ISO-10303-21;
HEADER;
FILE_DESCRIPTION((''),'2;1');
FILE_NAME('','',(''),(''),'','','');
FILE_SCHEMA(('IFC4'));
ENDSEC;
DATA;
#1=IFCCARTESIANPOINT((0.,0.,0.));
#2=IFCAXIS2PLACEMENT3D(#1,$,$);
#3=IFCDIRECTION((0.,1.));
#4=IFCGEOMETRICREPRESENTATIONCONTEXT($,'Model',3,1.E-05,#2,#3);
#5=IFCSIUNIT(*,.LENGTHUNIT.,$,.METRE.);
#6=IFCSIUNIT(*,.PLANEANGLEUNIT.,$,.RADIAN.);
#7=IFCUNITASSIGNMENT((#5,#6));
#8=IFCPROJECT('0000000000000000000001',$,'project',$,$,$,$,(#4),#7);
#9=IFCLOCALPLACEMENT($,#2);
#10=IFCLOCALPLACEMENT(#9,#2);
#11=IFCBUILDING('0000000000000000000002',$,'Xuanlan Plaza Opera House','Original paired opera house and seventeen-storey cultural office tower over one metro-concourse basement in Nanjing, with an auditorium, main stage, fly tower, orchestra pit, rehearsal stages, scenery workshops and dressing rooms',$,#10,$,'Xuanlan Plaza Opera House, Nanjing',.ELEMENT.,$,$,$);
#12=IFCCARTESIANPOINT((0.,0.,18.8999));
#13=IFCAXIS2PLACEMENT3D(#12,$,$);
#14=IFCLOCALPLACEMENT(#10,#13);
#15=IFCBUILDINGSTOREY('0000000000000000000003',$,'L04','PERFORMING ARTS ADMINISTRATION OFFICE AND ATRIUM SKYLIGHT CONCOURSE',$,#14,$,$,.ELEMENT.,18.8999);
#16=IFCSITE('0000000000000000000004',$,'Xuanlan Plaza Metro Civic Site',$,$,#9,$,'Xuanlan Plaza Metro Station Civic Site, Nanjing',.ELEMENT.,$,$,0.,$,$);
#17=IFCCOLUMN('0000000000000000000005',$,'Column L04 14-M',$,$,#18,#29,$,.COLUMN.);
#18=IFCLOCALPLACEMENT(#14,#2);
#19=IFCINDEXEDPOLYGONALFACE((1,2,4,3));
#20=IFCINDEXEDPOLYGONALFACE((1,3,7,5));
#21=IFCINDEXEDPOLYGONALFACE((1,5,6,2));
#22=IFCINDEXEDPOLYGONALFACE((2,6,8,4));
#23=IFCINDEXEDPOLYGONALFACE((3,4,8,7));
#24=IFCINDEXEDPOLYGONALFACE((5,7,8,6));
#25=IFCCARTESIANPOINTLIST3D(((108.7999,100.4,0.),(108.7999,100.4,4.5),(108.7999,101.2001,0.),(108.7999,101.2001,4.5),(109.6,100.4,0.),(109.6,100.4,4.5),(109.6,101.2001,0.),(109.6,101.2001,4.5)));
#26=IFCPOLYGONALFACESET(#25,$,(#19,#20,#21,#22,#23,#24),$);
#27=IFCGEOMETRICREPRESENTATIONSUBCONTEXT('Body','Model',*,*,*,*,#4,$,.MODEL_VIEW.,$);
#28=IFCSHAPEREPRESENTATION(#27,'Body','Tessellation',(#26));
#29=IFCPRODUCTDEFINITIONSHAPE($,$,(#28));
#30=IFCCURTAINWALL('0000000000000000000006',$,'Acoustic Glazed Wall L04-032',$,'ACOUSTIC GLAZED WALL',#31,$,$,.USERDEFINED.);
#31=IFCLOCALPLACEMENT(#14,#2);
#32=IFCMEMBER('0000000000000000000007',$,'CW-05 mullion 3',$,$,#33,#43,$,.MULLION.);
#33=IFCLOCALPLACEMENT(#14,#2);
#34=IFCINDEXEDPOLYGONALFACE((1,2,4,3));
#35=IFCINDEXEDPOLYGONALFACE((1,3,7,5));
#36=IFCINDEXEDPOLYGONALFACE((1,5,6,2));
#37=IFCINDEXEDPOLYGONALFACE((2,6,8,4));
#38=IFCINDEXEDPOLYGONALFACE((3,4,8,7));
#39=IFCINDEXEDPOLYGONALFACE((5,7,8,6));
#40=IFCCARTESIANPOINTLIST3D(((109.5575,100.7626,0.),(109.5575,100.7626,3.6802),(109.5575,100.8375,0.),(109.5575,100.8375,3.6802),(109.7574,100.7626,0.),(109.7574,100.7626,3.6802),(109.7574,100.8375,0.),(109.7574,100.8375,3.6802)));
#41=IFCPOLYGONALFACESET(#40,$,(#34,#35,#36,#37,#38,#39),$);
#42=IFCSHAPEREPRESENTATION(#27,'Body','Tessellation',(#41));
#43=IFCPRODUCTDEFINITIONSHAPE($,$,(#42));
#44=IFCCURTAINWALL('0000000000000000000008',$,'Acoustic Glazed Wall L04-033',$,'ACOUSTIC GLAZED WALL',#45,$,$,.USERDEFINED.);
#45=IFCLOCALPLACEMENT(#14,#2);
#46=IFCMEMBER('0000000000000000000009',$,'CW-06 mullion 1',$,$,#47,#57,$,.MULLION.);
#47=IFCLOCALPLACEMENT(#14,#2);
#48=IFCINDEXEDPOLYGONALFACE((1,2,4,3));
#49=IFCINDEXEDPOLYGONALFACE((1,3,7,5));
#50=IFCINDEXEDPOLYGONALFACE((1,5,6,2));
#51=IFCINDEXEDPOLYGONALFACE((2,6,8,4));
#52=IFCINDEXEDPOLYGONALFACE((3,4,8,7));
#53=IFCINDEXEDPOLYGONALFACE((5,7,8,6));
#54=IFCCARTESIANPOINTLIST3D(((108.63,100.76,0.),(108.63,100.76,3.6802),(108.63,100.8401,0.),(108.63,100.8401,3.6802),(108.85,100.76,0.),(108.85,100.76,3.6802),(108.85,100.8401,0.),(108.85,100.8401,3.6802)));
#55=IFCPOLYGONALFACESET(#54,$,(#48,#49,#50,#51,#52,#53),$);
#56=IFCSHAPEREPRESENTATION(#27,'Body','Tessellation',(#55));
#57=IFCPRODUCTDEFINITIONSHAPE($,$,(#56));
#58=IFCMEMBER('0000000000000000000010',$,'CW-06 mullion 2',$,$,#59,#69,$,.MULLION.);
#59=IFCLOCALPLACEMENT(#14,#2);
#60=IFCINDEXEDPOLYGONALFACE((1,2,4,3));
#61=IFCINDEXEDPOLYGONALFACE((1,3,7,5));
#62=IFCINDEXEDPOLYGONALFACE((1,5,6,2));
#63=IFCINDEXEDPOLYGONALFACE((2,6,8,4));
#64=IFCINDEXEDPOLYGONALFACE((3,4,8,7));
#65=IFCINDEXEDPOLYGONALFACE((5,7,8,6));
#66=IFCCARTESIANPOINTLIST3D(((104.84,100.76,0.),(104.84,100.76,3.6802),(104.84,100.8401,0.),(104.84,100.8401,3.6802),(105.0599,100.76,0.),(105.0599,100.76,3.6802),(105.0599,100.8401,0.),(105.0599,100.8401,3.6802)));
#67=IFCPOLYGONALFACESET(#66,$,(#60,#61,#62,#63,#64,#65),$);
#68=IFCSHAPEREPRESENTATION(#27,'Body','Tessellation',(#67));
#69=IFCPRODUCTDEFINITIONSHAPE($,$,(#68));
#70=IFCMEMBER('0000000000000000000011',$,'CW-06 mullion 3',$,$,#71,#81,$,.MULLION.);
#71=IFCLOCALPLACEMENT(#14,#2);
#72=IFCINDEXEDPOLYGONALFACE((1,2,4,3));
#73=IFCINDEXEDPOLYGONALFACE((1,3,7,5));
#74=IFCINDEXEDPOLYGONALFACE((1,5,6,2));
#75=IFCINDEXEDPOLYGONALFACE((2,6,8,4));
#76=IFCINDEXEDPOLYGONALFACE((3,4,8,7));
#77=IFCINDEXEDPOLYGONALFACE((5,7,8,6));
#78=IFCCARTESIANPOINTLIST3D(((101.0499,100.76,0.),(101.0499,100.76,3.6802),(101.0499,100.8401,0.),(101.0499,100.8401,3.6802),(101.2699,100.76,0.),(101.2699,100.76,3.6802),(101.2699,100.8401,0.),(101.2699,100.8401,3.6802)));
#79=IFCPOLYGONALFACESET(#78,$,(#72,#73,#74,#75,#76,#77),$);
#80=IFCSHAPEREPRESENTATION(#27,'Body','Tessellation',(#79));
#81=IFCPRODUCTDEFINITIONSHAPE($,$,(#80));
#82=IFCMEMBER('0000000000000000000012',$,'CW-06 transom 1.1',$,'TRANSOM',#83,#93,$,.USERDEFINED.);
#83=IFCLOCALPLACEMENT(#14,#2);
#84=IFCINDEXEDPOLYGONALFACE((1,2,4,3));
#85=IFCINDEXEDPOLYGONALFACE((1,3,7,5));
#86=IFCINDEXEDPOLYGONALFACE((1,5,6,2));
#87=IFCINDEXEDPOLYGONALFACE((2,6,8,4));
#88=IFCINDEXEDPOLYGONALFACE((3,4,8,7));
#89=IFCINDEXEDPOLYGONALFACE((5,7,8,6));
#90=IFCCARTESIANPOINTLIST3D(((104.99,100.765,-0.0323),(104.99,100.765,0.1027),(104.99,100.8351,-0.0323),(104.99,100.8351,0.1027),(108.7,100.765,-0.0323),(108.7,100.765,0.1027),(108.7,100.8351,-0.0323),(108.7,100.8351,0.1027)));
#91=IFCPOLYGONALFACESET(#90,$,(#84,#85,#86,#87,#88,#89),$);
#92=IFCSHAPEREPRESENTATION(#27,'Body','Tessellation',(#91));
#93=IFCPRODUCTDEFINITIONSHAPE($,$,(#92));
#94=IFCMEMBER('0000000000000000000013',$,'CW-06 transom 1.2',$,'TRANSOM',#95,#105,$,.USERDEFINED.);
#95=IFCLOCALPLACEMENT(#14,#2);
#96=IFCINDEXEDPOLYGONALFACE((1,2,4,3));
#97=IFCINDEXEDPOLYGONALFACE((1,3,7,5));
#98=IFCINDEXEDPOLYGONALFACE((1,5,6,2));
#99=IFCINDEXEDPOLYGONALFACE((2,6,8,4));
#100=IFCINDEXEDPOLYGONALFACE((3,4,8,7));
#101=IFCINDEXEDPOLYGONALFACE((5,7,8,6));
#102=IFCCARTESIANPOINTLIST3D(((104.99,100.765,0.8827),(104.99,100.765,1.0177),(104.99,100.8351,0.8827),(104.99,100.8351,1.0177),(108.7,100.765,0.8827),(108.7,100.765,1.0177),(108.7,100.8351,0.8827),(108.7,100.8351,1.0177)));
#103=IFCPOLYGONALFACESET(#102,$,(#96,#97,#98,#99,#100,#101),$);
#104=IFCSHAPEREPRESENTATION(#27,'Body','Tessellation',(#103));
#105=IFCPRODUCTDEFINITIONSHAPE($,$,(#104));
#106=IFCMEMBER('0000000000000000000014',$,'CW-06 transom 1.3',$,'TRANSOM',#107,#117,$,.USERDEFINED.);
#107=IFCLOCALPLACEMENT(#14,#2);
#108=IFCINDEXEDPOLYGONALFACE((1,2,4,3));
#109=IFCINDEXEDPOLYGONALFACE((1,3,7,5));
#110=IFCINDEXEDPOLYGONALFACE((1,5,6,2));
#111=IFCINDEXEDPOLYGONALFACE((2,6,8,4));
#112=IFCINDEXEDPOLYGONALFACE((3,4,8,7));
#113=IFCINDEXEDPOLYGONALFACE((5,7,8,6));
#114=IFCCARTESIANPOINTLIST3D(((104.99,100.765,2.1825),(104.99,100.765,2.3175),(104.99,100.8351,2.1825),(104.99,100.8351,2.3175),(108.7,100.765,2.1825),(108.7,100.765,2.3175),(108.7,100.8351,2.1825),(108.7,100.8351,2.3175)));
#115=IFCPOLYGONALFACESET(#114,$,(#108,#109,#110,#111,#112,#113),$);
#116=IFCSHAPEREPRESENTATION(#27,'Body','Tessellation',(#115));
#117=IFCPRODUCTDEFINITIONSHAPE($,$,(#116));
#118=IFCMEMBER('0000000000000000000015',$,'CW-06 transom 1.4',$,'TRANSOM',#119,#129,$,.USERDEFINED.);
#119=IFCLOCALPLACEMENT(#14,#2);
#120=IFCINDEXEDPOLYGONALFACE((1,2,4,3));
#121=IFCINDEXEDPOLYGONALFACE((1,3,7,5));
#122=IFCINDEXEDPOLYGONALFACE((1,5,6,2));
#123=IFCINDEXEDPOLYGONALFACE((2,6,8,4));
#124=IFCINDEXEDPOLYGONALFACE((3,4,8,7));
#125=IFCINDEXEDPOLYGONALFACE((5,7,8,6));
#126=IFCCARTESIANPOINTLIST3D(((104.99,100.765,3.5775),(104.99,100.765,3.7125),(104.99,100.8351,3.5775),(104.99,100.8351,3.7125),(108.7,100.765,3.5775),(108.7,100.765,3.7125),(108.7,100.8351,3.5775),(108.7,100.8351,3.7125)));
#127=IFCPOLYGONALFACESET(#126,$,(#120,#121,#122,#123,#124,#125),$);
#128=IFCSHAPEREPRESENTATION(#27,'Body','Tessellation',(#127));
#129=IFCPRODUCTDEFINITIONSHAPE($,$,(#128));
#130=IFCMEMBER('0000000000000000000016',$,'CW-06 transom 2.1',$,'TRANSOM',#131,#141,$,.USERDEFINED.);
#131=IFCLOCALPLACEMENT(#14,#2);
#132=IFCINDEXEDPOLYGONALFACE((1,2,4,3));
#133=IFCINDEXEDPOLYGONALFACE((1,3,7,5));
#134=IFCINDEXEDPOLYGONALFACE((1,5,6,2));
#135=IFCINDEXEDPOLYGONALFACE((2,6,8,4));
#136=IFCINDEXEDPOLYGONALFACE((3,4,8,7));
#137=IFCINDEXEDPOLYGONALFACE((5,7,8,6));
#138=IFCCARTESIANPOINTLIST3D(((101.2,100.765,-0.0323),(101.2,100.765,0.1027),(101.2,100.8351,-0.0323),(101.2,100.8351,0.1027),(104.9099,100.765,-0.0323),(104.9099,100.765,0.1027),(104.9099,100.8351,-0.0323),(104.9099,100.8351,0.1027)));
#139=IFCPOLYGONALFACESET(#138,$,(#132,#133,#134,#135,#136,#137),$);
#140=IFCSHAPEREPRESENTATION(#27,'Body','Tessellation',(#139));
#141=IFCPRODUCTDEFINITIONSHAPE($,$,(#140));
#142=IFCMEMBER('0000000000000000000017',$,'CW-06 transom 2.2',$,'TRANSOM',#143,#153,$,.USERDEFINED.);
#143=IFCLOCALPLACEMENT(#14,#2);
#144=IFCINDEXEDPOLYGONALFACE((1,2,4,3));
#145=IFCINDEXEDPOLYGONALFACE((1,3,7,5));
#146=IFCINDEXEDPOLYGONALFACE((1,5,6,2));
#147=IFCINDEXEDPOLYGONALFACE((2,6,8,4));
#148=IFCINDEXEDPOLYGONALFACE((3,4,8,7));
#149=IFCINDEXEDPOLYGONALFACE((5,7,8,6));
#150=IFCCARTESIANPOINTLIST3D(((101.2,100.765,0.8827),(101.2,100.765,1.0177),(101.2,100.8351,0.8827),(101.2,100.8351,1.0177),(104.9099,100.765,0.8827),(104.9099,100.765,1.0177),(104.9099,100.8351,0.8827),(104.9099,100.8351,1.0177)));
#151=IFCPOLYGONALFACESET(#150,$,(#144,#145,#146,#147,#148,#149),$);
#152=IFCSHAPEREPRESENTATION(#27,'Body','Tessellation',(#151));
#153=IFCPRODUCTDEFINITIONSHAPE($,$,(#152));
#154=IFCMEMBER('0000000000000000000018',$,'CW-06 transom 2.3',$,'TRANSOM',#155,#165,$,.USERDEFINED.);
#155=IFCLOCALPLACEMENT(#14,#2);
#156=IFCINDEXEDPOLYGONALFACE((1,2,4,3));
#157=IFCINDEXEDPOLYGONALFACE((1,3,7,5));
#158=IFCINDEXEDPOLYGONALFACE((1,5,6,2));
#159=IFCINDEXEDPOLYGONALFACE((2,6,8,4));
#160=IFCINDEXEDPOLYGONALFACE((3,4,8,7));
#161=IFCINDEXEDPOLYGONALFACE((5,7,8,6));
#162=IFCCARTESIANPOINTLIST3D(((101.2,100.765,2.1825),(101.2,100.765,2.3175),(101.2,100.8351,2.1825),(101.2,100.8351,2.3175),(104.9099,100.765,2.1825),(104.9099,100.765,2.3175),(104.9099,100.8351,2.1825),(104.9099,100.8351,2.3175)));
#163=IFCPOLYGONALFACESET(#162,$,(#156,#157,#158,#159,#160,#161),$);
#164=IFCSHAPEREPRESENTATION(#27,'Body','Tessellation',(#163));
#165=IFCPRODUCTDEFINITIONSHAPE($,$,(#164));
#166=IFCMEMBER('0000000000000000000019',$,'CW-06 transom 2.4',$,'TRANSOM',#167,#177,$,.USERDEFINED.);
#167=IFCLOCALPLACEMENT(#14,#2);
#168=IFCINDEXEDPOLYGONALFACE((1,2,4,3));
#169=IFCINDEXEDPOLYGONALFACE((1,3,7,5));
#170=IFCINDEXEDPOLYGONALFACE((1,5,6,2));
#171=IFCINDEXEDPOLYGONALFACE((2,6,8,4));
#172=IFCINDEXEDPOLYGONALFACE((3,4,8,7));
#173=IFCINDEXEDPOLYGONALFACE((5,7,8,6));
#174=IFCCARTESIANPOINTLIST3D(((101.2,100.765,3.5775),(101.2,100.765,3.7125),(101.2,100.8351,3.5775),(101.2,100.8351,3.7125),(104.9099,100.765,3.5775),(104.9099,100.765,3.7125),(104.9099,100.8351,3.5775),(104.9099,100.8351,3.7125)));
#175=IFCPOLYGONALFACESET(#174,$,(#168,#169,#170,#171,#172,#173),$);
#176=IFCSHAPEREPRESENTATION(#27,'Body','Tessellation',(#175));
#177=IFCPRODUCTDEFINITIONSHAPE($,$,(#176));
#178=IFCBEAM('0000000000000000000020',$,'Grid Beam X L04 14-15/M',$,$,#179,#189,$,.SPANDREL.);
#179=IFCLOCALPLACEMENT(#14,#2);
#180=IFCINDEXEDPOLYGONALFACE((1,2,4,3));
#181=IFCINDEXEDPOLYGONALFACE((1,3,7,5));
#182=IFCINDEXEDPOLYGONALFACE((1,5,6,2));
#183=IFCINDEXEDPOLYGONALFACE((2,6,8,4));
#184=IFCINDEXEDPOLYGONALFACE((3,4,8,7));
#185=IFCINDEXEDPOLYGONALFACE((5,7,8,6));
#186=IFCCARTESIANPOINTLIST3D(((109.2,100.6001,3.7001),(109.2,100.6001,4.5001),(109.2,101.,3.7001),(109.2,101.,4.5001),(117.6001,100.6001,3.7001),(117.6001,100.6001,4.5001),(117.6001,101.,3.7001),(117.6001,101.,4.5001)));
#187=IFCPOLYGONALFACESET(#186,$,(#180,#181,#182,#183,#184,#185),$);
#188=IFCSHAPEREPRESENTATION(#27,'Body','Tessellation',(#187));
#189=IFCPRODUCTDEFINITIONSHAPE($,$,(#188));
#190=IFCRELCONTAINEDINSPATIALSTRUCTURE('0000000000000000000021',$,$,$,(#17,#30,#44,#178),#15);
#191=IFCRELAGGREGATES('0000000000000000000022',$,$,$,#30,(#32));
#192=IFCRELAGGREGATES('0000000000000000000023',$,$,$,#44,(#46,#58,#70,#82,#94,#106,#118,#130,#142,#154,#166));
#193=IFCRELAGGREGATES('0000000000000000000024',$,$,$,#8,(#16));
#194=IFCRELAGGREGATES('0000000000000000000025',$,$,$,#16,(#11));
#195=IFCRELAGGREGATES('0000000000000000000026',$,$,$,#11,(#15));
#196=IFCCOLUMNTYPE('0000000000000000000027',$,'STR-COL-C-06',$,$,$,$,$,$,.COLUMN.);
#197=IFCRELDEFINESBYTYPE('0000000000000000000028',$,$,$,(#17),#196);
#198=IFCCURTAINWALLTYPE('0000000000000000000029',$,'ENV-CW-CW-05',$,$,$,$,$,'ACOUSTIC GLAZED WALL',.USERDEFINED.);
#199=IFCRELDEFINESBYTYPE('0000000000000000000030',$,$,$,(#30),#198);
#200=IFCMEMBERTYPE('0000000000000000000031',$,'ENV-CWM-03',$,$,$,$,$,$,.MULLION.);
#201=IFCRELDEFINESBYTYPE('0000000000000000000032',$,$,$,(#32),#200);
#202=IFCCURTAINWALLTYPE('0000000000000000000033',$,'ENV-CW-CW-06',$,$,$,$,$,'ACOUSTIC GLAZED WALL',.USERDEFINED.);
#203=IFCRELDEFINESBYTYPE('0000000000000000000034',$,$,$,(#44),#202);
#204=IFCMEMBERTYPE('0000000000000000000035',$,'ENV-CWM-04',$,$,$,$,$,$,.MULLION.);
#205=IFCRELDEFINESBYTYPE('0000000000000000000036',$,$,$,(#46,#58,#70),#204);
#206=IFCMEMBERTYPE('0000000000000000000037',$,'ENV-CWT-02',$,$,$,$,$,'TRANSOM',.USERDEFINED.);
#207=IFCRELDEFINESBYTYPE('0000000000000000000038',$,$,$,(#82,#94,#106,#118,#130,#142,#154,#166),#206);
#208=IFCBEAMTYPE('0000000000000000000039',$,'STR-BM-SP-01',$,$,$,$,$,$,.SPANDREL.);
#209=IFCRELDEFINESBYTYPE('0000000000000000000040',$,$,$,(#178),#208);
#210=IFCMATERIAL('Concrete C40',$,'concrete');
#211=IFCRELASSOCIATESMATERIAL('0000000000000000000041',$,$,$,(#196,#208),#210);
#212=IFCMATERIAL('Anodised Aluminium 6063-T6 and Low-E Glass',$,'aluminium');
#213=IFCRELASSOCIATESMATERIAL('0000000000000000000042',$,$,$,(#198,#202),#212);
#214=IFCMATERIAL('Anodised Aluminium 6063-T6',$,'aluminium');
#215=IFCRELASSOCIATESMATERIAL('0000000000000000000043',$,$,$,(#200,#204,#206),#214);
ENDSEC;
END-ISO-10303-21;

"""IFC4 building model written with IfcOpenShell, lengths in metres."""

from ifc_helpers import new_model, si_unit, direction, frame, origin, origin_2d, place, context, subcontext, project, spatial, rectangle, extrude, material, material_profile, profile_set, type_object, element, aggregate, save


model = new_model("IFC4")

# Units and contexts
model_context = context("Model", 3, precision=1e-05, world=origin(), true_north=direction((0.0, 1.0)))
body_context = subcontext(model_context, "Body", "Model", "MODEL_VIEW")
ifc_project = project(units=[si_unit("LENGTHUNIT", "METRE"), si_unit("PLANEANGLEUNIT", "RADIAN")], contexts=[model_context])

# Site, building, storey
site_placement = place(None, origin())
site = spatial("IfcSite", under=ifc_project, at=site_placement, Name="Xuanlan Plaza Metro Civic Site", LongName="Xuanlan Plaza Metro Station Civic Site, Nanjing", CompositionType="ELEMENT", RefElevation=0.0)
building_placement = place(site_placement, origin())
building = spatial("IfcBuilding", under=site, at=building_placement, Name="Xuanlan Plaza Opera House", Description="Original paired opera house and seventeen-storey cultural office tower over one metro-concourse basement in Nanjing, with an auditorium, main stage, fly tower, orchestra pit, rehearsal stages, scenery workshops and dressing rooms", LongName="Xuanlan Plaza Opera House, Nanjing", CompositionType="ELEMENT")
storey_placement = place(building_placement, frame((0.0, 0.0, 18.8999)))
storey = spatial("IfcBuildingStorey", under=building, at=storey_placement, Name="L04", Description="PERFORMING ARTS ADMINISTRATION OFFICE AND ATRIUM SKYLIGHT CONCOURSE", CompositionType="ELEMENT", Elevation=18.8999)

# Column
ifc_material_1 = material(Name="Concrete C40", Category="concrete")
ifc_material_profile_1 = material_profile(ifc_material_1, rectangle(XDim=0.8, YDim=0.8, at=origin_2d()), Name="RC-COL 800x800")
ifc_profile_set_1 = profile_set([ifc_material_profile_1], Name="Concrete C40")
column_type = type_object("IfcColumnType", Name="STR-COL-C-06", PredefinedType="COLUMN", material=ifc_profile_set_1)
column_placement = place(storey_placement, frame((109.2, 100.8, 0.0), z_axis=(0.0, 0.0, 1.0), x_axis=(1.0, 0.0, 0.0)))
element("IfcColumn", 1, at=column_placement, inside=storey, type_object=column_type, Name="Column L04 14-M", PredefinedType="COLUMN", context=body_context, shape_type="SweptSolid", body=[
    extrude(rectangle(XDim=0.8, YDim=0.8, at=origin_2d()), origin(), (0.0, 0.0, 1.0), 4.5),
])

# Curtain wall, member
ifc_material_2 = material(Name="Anodised Aluminium 6063-T6 and Low-E Glass", Category="aluminium")
curtain_wall_type_1 = type_object("IfcCurtainWallType", Name="ENV-CW-CW-05", ElementType="ACOUSTIC GLAZED WALL", PredefinedType="USERDEFINED", material=ifc_material_2)
curtain_wall_1_placement = place(storey_placement, origin())
curtain_wall_1 = element("IfcCurtainWall", 2, at=curtain_wall_1_placement, inside=storey, type_object=curtain_wall_type_1, Name="Acoustic Glazed Wall L04-032", ObjectType="ACOUSTIC GLAZED WALL", PredefinedType="USERDEFINED")
ifc_material_3 = material(Name="Anodised Aluminium 6063-T6", Category="aluminium")
ifc_material_profile_2 = material_profile(ifc_material_3, rectangle(XDim=0.075, YDim=0.2, at=origin_2d()), Name="ALU-M 75x200")
ifc_profile_set_2 = profile_set([ifc_material_profile_2], Name="Anodised Aluminium 6063-T6")
member_type_1 = type_object("IfcMemberType", Name="ENV-CWM-03", PredefinedType="MULLION", material=ifc_profile_set_2)
member_1_placement = place(storey_placement, frame((109.6575, 100.8, 0.0), z_axis=(0.0, 0.0, 1.0), x_axis=(0.0, -1.0, 0.0)))
member_1 = element("IfcMember", 3, at=member_1_placement, type_object=member_type_1, Name="CW-05 mullion 3", PredefinedType="MULLION", context=body_context, shape_type="SweptSolid", body=[
    extrude(rectangle(XDim=0.075, YDim=0.2, at=origin_2d()), origin(), (0.0, 0.0, 1.0), 3.6802),
])

# Curtain wall, members
curtain_wall_type_2 = type_object("IfcCurtainWallType", Name="ENV-CW-CW-06", ElementType="ACOUSTIC GLAZED WALL", PredefinedType="USERDEFINED", material=ifc_material_2)
curtain_wall_2_placement = place(storey_placement, origin())
curtain_wall_2 = element("IfcCurtainWall", 4, at=curtain_wall_2_placement, inside=storey, type_object=curtain_wall_type_2, Name="Acoustic Glazed Wall L04-033", ObjectType="ACOUSTIC GLAZED WALL", PredefinedType="USERDEFINED")
ifc_material_profile_3 = material_profile(ifc_material_3, rectangle(XDim=0.0801, YDim=0.22, at=origin_2d()), Name="ALU-M 80x220")
ifc_profile_set_3 = profile_set([ifc_material_profile_3], Name="Anodised Aluminium 6063-T6")
member_type_2 = type_object("IfcMemberType", Name="ENV-CWM-04", PredefinedType="MULLION", material=ifc_profile_set_3)
member_2_placement = place(storey_placement, frame((108.74, 100.8, 0.0), z_axis=(0.0, 0.0, 1.0), x_axis=(0.0, -1.0, 0.0)))
member_2 = element("IfcMember", 5, at=member_2_placement, type_object=member_type_2, Name="CW-06 mullion 1", PredefinedType="MULLION", context=body_context, shape_type="SweptSolid", body=[
    extrude(rectangle(XDim=0.0801, YDim=0.22, at=origin_2d()), origin(), (0.0, 0.0, 1.0), 3.6802),
])
member_3_placement = place(storey_placement, frame((104.95, 100.8, 0.0), z_axis=(0.0, 0.0, 1.0), x_axis=(0.0, -1.0, 0.0)))
member_3 = element("IfcMember", 6, at=member_3_placement, type_object=member_type_2, Name="CW-06 mullion 2", PredefinedType="MULLION", context=body_context, shape_type="SweptSolid", body=[
    extrude(rectangle(XDim=0.0801, YDim=0.22, at=origin_2d()), origin(), (0.0, 0.0, 1.0), 3.6802),
])
member_4_placement = place(storey_placement, frame((101.1599, 100.8, 0.0), z_axis=(0.0, 0.0, 1.0), x_axis=(0.0, -1.0, 0.0)))
member_4 = element("IfcMember", 7, at=member_4_placement, type_object=member_type_2, Name="CW-06 mullion 3", PredefinedType="MULLION", context=body_context, shape_type="SweptSolid", body=[
    extrude(rectangle(XDim=0.0801, YDim=0.22, at=origin_2d()), origin(), (0.0, 0.0, 1.0), 3.6802),
])
ifc_material_profile_4 = material_profile(ifc_material_3, rectangle(XDim=0.0701, YDim=0.135, at=origin_2d()), Name="ALU-T 70x135")
ifc_profile_set_4 = profile_set([ifc_material_profile_4], Name="Anodised Aluminium 6063-T6")
member_type_3 = type_object("IfcMemberType", Name="ENV-CWT-02", ElementType="TRANSOM", PredefinedType="USERDEFINED", material=ifc_profile_set_4)
member_5_placement = place(storey_placement, frame((108.7, 100.8, 0.0352), z_axis=(-1.0, 0.0, 0.0), x_axis=(0.0, -1.0, 0.0)))
member_5 = element("IfcMember", 8, at=member_5_placement, type_object=member_type_3, Name="CW-06 transom 1.1", ObjectType="TRANSOM", PredefinedType="USERDEFINED", context=body_context, shape_type="SweptSolid", body=[
    extrude(rectangle(XDim=0.0701, YDim=0.135, at=origin_2d()), origin(), (0.0, 0.0, 1.0), 3.71),
])
member_6_placement = place(storey_placement, frame((108.7, 100.8, 0.9502), z_axis=(-1.0, 0.0, 0.0), x_axis=(0.0, -1.0, 0.0)))
member_6 = element("IfcMember", 9, at=member_6_placement, type_object=member_type_3, Name="CW-06 transom 1.2", ObjectType="TRANSOM", PredefinedType="USERDEFINED", context=body_context, shape_type="SweptSolid", body=[
    extrude(rectangle(XDim=0.0701, YDim=0.135, at=origin_2d()), origin(), (0.0, 0.0, 1.0), 3.71),
])
member_7_placement = place(storey_placement, frame((108.7, 100.8, 2.25), z_axis=(-1.0, 0.0, 0.0), x_axis=(0.0, -1.0, 0.0)))
member_7 = element("IfcMember", 10, at=member_7_placement, type_object=member_type_3, Name="CW-06 transom 1.3", ObjectType="TRANSOM", PredefinedType="USERDEFINED", context=body_context, shape_type="SweptSolid", body=[
    extrude(rectangle(XDim=0.0701, YDim=0.135, at=origin_2d()), origin(), (0.0, 0.0, 1.0), 3.71),
])
member_8_placement = place(storey_placement, frame((108.7, 100.8, 3.645), z_axis=(-1.0, 0.0, 0.0), x_axis=(0.0, -1.0, 0.0)))
member_8 = element("IfcMember", 11, at=member_8_placement, type_object=member_type_3, Name="CW-06 transom 1.4", ObjectType="TRANSOM", PredefinedType="USERDEFINED", context=body_context, shape_type="SweptSolid", body=[
    extrude(rectangle(XDim=0.0701, YDim=0.135, at=origin_2d()), origin(), (0.0, 0.0, 1.0), 3.71),
])
member_9_placement = place(storey_placement, frame((104.9099, 100.8, 0.0352), z_axis=(-1.0, 0.0, 0.0), x_axis=(0.0, -1.0, 0.0)))
member_9 = element("IfcMember", 12, at=member_9_placement, type_object=member_type_3, Name="CW-06 transom 2.1", ObjectType="TRANSOM", PredefinedType="USERDEFINED", context=body_context, shape_type="SweptSolid", body=[
    extrude(rectangle(XDim=0.0701, YDim=0.135, at=origin_2d()), origin(), (0.0, 0.0, 1.0), 3.71),
])
member_10_placement = place(storey_placement, frame((104.9099, 100.8, 0.9502), z_axis=(-1.0, 0.0, 0.0), x_axis=(0.0, -1.0, 0.0)))
member_10 = element("IfcMember", 13, at=member_10_placement, type_object=member_type_3, Name="CW-06 transom 2.2", ObjectType="TRANSOM", PredefinedType="USERDEFINED", context=body_context, shape_type="SweptSolid", body=[
    extrude(rectangle(XDim=0.0701, YDim=0.135, at=origin_2d()), origin(), (0.0, 0.0, 1.0), 3.71),
])
member_11_placement = place(storey_placement, frame((104.9099, 100.8, 2.25), z_axis=(-1.0, 0.0, 0.0), x_axis=(0.0, -1.0, 0.0)))
member_11 = element("IfcMember", 14, at=member_11_placement, type_object=member_type_3, Name="CW-06 transom 2.3", ObjectType="TRANSOM", PredefinedType="USERDEFINED", context=body_context, shape_type="SweptSolid", body=[
    extrude(rectangle(XDim=0.0701, YDim=0.135, at=origin_2d()), origin(), (0.0, 0.0, 1.0), 3.71),
])
member_12_placement = place(storey_placement, frame((104.9099, 100.8, 3.645), z_axis=(-1.0, 0.0, 0.0), x_axis=(0.0, -1.0, 0.0)))
member_12 = element("IfcMember", 15, at=member_12_placement, type_object=member_type_3, Name="CW-06 transom 2.4", ObjectType="TRANSOM", PredefinedType="USERDEFINED", context=body_context, shape_type="SweptSolid", body=[
    extrude(rectangle(XDim=0.0701, YDim=0.135, at=origin_2d()), origin(), (0.0, 0.0, 1.0), 3.71),
])

# Beam
ifc_material_profile_5 = material_profile(ifc_material_1, rectangle(XDim=0.3999, YDim=0.8, at=origin_2d()), Name="RC-SPD 400x800")
ifc_profile_set_5 = profile_set([ifc_material_profile_5], Name="Concrete C40")
beam_type = type_object("IfcBeamType", Name="STR-BM-SP-01", PredefinedType="SPANDREL", material=ifc_profile_set_5)
beam_placement = place(storey_placement, frame((109.2, 100.8, 4.1001), z_axis=(1.0, 0.0, 0.0), x_axis=(0.0, 1.0, 0.0)))
element("IfcBeam", 16, at=beam_placement, inside=storey, type_object=beam_type, Name="Grid Beam X L04 14-15/M", PredefinedType="SPANDREL", context=body_context, shape_type="SweptSolid", body=[
    extrude(rectangle(XDim=0.3999, YDim=0.8, at=origin_2d()), origin(), (0.0, 0.0, 1.0), 8.4001),
])

aggregate(curtain_wall_1, [member_1])
aggregate(curtain_wall_2, [member_2, member_3, member_4, member_5, member_6, member_7, member_8, member_9, member_10, member_11, member_12])

save(model, "model.ifc")
